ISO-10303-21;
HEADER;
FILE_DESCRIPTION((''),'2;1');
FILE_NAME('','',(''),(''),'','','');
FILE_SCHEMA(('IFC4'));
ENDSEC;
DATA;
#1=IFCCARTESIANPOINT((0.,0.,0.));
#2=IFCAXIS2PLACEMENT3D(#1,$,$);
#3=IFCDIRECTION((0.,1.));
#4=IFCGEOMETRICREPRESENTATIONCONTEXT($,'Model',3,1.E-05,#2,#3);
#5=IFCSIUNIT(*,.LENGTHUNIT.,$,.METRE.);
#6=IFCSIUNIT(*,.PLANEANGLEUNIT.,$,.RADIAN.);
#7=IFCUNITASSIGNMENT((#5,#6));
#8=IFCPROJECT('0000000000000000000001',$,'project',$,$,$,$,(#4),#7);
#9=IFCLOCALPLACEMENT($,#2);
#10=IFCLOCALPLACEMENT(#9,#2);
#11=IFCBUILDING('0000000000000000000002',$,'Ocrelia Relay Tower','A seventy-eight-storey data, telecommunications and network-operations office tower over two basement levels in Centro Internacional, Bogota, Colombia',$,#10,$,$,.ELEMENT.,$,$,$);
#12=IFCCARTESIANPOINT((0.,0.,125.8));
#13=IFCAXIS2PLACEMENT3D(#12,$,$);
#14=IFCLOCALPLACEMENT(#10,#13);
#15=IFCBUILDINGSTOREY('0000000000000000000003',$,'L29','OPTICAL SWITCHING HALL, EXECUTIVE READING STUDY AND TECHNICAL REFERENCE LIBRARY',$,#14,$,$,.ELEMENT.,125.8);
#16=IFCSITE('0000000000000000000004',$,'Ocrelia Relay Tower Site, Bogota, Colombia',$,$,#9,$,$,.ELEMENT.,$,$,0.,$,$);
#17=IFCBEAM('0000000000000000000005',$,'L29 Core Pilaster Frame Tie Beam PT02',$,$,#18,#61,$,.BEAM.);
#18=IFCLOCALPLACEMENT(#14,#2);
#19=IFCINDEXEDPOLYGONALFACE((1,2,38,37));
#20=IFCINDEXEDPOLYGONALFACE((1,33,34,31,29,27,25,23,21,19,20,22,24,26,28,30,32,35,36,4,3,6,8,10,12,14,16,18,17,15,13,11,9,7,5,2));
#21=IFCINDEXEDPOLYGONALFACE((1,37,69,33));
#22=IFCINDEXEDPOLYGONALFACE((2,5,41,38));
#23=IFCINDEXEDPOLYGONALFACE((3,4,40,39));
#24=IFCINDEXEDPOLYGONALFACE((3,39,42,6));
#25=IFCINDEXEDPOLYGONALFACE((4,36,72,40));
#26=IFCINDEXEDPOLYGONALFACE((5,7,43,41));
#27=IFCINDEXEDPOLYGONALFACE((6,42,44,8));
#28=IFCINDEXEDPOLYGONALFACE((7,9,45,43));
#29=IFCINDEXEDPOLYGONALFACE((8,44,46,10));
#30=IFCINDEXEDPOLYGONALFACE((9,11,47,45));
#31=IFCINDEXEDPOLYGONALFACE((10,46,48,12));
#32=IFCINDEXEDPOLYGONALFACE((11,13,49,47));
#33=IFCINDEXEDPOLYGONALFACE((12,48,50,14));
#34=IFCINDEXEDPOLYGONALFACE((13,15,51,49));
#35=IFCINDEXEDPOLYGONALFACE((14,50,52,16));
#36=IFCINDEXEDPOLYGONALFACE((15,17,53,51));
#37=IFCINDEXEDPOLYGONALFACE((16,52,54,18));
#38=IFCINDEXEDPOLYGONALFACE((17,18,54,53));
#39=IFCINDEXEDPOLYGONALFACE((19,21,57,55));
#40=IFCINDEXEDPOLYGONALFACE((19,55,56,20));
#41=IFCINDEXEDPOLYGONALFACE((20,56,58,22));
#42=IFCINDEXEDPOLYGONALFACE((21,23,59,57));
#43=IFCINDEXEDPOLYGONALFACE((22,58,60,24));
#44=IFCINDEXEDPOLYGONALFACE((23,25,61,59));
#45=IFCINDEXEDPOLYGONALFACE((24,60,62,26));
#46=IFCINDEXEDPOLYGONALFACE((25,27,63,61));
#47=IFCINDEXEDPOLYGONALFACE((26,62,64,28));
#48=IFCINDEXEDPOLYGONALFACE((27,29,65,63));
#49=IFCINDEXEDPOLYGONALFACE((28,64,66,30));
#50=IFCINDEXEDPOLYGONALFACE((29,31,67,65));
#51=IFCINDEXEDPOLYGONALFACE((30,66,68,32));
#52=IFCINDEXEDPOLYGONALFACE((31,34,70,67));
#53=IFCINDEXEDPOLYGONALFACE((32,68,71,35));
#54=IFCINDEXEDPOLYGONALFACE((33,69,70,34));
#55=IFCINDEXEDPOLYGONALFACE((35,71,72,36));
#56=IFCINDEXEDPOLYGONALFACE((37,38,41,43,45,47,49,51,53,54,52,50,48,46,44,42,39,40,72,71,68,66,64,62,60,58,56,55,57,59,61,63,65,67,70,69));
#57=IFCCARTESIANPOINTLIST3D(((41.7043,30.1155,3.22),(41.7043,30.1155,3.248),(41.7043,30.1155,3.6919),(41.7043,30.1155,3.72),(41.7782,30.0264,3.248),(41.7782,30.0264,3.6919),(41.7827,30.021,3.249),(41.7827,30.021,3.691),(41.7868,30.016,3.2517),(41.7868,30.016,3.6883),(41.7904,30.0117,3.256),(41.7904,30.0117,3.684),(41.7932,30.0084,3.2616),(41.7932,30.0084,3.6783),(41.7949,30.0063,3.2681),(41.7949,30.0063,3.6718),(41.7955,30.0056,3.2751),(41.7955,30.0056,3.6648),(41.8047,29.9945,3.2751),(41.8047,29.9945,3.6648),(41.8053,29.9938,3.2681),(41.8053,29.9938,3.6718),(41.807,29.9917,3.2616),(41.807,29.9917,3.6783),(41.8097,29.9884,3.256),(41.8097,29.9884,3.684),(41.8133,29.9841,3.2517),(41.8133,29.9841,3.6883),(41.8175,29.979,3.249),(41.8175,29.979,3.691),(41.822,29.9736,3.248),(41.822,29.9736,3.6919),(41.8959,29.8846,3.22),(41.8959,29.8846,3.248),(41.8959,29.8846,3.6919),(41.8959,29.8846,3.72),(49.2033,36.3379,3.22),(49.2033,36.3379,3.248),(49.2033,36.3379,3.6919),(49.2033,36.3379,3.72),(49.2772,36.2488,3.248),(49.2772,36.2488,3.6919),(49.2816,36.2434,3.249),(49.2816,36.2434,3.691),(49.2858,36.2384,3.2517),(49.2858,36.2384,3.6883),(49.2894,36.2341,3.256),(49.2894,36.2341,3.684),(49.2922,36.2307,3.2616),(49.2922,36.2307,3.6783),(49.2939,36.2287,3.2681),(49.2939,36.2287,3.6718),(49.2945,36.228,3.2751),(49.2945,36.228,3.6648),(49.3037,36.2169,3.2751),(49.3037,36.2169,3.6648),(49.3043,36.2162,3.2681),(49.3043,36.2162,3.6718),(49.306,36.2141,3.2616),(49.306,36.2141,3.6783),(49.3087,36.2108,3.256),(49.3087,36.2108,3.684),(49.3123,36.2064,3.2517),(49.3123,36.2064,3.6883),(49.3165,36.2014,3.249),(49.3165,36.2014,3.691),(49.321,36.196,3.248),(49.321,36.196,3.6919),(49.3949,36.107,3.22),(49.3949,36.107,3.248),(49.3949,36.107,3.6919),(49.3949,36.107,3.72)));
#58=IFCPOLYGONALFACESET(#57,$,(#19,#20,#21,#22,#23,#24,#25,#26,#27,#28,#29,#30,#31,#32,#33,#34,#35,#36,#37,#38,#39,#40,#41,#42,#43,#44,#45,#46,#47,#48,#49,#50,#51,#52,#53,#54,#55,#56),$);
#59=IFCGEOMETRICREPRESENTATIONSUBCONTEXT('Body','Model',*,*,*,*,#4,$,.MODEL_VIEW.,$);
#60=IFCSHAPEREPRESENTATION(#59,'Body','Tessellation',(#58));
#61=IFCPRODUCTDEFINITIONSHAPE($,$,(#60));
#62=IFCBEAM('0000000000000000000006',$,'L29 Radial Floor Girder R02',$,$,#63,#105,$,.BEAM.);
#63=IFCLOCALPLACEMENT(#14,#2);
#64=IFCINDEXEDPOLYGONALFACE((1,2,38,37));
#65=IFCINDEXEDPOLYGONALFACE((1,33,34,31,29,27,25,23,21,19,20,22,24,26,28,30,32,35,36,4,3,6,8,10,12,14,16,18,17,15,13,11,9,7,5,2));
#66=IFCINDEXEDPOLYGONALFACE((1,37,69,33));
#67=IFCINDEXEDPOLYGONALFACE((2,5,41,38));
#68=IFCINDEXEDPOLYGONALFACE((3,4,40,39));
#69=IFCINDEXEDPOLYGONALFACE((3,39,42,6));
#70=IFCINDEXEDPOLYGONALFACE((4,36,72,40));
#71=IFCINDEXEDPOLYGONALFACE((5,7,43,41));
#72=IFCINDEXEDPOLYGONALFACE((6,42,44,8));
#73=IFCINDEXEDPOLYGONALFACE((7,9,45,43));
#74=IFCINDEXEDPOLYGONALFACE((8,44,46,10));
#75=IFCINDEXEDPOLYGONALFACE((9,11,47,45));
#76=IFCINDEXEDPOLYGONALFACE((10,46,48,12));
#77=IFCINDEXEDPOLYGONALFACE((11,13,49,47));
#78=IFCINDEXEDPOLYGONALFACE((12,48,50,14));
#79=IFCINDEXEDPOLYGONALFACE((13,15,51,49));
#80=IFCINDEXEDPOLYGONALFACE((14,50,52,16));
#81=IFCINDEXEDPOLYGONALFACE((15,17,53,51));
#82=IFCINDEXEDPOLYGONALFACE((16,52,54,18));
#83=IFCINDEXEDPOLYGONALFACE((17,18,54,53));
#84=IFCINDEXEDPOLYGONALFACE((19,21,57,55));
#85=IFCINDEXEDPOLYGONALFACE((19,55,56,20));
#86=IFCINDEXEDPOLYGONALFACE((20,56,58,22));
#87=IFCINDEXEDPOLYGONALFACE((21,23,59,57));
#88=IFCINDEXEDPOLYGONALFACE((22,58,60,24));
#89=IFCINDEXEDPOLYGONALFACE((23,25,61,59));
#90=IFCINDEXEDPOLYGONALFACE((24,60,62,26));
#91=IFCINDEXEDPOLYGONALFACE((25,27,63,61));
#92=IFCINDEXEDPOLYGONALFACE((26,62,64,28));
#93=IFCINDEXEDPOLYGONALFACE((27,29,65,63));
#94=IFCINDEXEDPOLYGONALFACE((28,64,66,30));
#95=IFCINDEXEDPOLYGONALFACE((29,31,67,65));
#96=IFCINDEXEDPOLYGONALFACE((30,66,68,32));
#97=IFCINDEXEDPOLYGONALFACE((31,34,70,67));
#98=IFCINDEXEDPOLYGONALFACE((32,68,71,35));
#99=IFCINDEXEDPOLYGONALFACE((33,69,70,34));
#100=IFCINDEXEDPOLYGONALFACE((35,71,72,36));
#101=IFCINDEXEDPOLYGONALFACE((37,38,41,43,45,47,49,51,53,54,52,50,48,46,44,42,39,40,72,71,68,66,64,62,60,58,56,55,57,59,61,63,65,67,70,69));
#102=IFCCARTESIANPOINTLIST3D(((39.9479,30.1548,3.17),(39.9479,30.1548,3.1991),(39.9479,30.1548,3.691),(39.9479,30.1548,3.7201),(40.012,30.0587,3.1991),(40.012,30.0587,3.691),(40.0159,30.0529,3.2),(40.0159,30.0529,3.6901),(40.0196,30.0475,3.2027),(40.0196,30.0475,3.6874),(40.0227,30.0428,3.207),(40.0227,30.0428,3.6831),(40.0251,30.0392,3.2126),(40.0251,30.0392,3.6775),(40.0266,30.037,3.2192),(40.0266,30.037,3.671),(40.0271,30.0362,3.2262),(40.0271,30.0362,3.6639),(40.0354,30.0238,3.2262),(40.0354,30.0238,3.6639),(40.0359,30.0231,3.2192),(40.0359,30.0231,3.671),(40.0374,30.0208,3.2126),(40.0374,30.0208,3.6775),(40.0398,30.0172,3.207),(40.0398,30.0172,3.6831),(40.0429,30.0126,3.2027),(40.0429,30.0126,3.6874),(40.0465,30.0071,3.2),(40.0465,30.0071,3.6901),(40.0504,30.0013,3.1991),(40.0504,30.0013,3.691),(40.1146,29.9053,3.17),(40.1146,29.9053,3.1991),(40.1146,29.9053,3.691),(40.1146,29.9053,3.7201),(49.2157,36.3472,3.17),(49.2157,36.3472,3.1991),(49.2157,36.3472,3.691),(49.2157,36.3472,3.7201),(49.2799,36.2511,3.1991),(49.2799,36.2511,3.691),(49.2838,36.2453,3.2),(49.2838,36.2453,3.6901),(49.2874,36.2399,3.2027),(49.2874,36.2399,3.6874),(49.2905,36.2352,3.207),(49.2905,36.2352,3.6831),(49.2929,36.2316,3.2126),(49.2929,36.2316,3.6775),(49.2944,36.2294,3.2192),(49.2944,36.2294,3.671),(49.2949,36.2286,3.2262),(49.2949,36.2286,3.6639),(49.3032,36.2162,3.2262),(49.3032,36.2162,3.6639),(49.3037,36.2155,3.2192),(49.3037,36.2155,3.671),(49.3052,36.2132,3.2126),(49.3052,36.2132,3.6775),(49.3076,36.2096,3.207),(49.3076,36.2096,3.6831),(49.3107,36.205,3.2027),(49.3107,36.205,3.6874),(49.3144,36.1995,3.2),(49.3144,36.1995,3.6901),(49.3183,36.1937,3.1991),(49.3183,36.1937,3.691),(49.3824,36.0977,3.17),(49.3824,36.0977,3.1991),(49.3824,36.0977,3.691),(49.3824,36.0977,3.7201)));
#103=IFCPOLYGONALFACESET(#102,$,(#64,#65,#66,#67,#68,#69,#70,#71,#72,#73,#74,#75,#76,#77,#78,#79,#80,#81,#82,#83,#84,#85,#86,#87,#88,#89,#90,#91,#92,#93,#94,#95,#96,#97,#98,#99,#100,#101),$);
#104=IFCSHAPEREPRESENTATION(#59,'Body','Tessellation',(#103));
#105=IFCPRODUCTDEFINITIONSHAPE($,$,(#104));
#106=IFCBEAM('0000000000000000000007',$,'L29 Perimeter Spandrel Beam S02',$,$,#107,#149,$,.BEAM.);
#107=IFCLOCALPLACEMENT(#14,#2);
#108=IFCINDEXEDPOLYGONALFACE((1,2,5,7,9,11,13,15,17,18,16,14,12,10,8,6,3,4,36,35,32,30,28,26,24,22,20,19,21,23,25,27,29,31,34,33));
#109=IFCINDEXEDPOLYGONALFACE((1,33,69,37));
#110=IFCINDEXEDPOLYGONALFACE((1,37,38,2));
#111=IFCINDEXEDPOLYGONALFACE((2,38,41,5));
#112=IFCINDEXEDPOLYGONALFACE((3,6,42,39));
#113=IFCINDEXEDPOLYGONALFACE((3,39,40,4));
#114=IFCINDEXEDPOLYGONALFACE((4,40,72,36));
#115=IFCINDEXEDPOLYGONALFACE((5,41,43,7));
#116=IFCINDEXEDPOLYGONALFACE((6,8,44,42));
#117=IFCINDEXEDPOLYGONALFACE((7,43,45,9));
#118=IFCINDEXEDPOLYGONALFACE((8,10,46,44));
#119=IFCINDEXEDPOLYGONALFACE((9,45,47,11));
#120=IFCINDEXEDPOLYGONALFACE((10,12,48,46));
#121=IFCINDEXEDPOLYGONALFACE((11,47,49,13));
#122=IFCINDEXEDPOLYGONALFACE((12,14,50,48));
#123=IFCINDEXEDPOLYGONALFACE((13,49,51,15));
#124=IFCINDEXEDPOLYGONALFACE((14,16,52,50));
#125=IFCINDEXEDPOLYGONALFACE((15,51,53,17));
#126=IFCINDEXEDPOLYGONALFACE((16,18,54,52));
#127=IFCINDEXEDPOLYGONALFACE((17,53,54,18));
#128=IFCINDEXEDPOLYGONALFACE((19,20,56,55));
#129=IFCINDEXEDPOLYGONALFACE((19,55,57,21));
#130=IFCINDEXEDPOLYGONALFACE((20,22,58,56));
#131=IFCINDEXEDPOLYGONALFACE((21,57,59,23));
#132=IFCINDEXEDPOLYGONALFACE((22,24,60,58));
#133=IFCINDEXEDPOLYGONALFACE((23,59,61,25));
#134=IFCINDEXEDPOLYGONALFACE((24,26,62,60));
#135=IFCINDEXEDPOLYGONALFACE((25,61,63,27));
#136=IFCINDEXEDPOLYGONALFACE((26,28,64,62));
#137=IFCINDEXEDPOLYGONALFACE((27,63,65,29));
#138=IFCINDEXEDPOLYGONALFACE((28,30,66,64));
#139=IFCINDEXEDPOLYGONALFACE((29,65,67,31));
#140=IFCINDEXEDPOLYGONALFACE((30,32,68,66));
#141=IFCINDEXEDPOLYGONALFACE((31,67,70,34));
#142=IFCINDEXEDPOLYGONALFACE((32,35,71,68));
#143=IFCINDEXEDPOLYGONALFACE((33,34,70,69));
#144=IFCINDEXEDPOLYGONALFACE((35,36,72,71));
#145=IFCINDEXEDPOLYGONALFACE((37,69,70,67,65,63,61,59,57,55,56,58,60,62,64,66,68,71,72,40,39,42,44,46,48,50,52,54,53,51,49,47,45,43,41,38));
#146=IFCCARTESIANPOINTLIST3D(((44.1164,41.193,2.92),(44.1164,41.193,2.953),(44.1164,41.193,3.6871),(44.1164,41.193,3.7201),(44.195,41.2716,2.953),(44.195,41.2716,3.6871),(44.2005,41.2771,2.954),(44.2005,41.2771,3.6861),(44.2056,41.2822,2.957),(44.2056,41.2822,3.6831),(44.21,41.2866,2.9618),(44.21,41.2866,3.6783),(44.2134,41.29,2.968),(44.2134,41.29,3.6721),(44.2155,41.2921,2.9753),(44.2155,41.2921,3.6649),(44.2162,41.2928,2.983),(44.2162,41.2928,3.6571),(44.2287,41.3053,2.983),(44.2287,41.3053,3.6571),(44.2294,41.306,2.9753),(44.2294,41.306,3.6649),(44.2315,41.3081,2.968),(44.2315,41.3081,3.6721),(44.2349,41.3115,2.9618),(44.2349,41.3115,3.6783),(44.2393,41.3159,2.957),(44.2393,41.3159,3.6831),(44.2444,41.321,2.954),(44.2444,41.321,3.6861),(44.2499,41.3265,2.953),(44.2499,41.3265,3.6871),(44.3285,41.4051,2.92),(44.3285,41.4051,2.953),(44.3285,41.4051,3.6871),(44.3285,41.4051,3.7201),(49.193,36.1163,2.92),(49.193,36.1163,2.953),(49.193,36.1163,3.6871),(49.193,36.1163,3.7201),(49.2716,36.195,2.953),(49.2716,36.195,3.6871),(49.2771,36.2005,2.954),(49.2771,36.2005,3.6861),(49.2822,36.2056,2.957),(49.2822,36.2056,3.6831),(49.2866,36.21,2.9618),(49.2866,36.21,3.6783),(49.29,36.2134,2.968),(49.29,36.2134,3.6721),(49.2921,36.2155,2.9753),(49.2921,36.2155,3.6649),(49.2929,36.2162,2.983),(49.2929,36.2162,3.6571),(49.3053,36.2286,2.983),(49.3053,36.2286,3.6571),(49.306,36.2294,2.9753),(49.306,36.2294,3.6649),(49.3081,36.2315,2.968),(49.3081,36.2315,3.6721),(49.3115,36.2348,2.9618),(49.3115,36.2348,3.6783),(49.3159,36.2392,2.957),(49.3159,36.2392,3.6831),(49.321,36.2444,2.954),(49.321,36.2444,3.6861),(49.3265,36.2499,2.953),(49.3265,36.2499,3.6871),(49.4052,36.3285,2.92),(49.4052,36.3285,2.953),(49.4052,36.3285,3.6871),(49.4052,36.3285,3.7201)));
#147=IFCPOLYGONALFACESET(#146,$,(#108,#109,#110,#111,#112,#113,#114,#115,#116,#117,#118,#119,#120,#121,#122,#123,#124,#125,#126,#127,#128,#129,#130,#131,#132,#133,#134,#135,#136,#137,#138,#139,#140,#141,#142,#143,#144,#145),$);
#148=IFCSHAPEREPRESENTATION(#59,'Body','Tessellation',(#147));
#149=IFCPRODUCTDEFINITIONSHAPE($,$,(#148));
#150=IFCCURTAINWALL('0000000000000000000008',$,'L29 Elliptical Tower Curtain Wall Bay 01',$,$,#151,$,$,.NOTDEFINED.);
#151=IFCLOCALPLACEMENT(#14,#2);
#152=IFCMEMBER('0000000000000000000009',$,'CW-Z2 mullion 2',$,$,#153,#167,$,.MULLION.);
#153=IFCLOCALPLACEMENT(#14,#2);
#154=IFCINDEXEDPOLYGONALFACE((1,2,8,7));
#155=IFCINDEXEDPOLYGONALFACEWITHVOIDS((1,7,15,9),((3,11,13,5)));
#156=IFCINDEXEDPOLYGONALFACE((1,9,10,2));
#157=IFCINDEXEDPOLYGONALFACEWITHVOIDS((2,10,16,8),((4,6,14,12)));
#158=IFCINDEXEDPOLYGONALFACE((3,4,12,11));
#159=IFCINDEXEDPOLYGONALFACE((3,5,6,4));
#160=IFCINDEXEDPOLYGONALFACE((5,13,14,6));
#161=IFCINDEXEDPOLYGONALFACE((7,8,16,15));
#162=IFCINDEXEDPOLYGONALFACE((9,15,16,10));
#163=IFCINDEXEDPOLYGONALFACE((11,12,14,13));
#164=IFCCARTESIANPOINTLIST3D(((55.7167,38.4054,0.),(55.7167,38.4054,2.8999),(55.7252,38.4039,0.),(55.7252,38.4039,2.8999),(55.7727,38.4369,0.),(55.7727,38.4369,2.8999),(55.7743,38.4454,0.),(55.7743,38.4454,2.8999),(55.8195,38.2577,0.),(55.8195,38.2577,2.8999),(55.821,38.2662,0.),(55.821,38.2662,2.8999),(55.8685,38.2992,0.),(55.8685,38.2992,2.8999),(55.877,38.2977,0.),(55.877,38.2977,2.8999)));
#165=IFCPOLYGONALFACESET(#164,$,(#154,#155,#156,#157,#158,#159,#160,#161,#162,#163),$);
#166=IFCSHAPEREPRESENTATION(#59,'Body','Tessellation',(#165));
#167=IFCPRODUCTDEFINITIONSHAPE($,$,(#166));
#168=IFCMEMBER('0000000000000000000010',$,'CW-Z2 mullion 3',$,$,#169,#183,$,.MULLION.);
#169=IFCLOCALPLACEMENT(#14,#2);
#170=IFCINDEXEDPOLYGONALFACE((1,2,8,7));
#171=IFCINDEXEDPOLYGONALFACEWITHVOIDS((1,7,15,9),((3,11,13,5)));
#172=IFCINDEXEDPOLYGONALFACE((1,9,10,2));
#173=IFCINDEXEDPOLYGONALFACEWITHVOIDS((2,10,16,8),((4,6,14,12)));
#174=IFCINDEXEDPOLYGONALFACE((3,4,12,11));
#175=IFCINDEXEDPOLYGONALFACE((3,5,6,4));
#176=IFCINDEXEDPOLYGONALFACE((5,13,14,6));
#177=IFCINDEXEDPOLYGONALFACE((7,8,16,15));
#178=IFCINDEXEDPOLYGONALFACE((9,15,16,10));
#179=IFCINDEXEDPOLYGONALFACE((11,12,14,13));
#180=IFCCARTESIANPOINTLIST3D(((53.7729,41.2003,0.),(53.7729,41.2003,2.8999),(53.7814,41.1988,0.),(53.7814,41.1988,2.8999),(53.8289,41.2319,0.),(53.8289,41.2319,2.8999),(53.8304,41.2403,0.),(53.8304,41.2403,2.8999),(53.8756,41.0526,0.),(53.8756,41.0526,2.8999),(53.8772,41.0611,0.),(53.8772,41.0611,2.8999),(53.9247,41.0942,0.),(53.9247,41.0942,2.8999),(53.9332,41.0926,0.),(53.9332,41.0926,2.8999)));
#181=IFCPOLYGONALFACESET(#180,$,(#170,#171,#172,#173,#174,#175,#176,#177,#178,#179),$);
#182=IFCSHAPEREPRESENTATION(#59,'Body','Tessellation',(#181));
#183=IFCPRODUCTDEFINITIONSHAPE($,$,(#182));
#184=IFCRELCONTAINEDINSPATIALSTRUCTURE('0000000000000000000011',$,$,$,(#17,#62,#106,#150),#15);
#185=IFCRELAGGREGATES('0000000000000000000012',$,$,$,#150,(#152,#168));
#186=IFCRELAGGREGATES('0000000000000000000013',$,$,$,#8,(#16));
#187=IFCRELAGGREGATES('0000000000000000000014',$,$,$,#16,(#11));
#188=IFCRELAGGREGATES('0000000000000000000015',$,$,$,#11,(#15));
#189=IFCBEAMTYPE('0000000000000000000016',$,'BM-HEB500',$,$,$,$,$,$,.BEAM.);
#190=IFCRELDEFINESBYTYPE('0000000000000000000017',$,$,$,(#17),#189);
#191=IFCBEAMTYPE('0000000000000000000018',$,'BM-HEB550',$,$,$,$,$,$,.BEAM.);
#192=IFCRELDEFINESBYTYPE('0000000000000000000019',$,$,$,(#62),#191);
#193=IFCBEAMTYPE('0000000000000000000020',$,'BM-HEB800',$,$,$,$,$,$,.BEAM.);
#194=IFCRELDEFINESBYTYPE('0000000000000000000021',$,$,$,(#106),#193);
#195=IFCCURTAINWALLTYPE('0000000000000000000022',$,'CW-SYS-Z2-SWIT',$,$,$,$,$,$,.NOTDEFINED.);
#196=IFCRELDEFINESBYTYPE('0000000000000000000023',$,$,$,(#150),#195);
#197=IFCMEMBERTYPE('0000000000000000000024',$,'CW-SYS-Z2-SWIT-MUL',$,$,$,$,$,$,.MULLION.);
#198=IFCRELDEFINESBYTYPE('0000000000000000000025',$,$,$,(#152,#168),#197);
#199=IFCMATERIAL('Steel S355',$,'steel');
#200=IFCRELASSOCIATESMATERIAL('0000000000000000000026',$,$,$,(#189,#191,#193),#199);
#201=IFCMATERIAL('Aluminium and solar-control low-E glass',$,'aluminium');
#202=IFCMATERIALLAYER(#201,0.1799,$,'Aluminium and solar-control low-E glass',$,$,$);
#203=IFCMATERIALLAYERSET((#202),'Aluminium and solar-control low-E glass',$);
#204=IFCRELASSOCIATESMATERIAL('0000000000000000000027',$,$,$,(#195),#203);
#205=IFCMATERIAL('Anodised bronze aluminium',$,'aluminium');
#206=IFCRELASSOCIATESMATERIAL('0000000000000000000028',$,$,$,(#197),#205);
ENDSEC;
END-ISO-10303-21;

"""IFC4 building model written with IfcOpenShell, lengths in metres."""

from ifc_helpers import new_model, si_unit, direction, frame, origin, origin_2d, place, context, subcontext, project, spatial, hollow_rectangle, i_section, extrude, material, layer, layer_set, material_profile, profile_set, type_object, element, aggregate, save


model = new_model("IFC4")

# Units and contexts
model_context = context("Model", 3, precision=1e-05, world=origin(), true_north=direction((0.0, 1.0)))
body_context = subcontext(model_context, "Body", "Model", "MODEL_VIEW")
ifc_project = project(units=[si_unit("LENGTHUNIT", "METRE"), si_unit("PLANEANGLEUNIT", "RADIAN")], contexts=[model_context])

# Site, building, storey
site_placement = place(None, origin())
site = spatial("IfcSite", under=ifc_project, at=site_placement, Name="Ocrelia Relay Tower Site, Bogota, Colombia", CompositionType="ELEMENT", RefElevation=0.0)
building_placement = place(site_placement, origin())
building = spatial("IfcBuilding", under=site, at=building_placement, Name="Ocrelia Relay Tower", Description="A seventy-eight-storey data, telecommunications and network-operations office tower over two basement levels in Centro Internacional, Bogota, Colombia", CompositionType="ELEMENT")
storey_placement = place(building_placement, frame((0.0, 0.0, 125.8)))
storey = spatial("IfcBuildingStorey", under=building, at=storey_placement, Name="L29", Description="OPTICAL SWITCHING HALL, EXECUTIVE READING STUDY AND TECHNICAL REFERENCE LIBRARY", CompositionType="ELEMENT", Elevation=125.8)

# Beams
ifc_material_1 = material(Name="Steel S355", Category="steel")
ifc_material_profile_1 = material_profile(ifc_material_1, i_section(OverallWidth=0.3, OverallDepth=0.5, WebThickness=0.0144, FlangeThickness=0.0281, FilletRadius=0.0271, at=origin_2d()), Name="HEB 500")
ifc_profile_set_1 = profile_set([ifc_material_profile_1], Name="Steel S355")
beam_type_1 = type_object("IfcBeamType", Name="BM-HEB500", PredefinedType="BEAM", material=ifc_profile_set_1)
beam_1_placement = place(storey_placement, frame((49.2991, 36.2224, 3.47), z_axis=(-0.769571, -0.638561, 0.0), x_axis=(0.638561, -0.769571, 0.0)))
element("IfcBeam", 1, at=beam_1_placement, inside=storey, type_object=beam_type_1, Name="L29 Core Pilaster Frame Tie Beam PT02", PredefinedType="BEAM", context=body_context, shape_type="SweptSolid", body=[
    extrude(i_section(OverallWidth=0.3, OverallDepth=0.5, WebThickness=0.0144, FlangeThickness=0.0281, FilletRadius=0.0271, at=origin_2d()), origin(), (0.0, 0.0, 1.0), 9.7444),
])
ifc_material_profile_2 = material_profile(ifc_material_1, i_section(OverallWidth=0.3, OverallDepth=0.55, WebThickness=0.0149, FlangeThickness=0.0291, FilletRadius=0.0271, at=origin_2d()), Name="HEB 550")
ifc_profile_set_2 = profile_set([ifc_material_profile_2], Name="Steel S355")
beam_type_2 = type_object("IfcBeamType", Name="BM-HEB550", PredefinedType="BEAM", material=ifc_profile_set_2)
beam_2_placement = place(storey_placement, frame((49.2991, 36.2224, 3.4451), z_axis=(-0.831477, -0.555559, 0.0), x_axis=(0.555559, -0.831477, 0.0)))
element("IfcBeam", 2, at=beam_2_placement, inside=storey, type_object=beam_type_2, Name="L29 Radial Floor Girder R02", PredefinedType="BEAM", context=body_context, shape_type="SweptSolid", body=[
    extrude(i_section(OverallWidth=0.3, OverallDepth=0.55, WebThickness=0.0149, FlangeThickness=0.0291, FilletRadius=0.0271, at=origin_2d()), origin(), (0.0, 0.0, 1.0), 11.1462),
])
ifc_material_profile_3 = material_profile(ifc_material_1, i_section(OverallWidth=0.3, OverallDepth=0.8, WebThickness=0.0176, FlangeThickness=0.033, FilletRadius=0.03, at=origin_2d()), Name="HEB 800")
ifc_profile_set_3 = profile_set([ifc_material_profile_3], Name="Steel S355")
beam_type_3 = type_object("IfcBeamType", Name="BM-HEB800", PredefinedType="BEAM", material=ifc_profile_set_3)
beam_3_placement = place(storey_placement, frame((49.2991, 36.2224, 3.3201), z_axis=(-0.707107, 0.707107, 0.0), x_axis=(-0.707107, -0.707107, 0.0)))
element("IfcBeam", 3, at=beam_3_placement, inside=storey, type_object=beam_type_3, Name="L29 Perimeter Spandrel Beam S02", PredefinedType="BEAM", context=body_context, shape_type="SweptSolid", body=[
    extrude(i_section(OverallWidth=0.3, OverallDepth=0.8, WebThickness=0.0176, FlangeThickness=0.033, FilletRadius=0.03, at=origin_2d()), origin(), (0.0, 0.0, 1.0), 7.1794),
])

# Curtain wall, members
ifc_material_2 = material(Name="Aluminium and solar-control low-E glass", Category="aluminium")
ifc_layer_1 = layer(ifc_material_2, 0.1799, Name="Aluminium and solar-control low-E glass")
ifc_layer_set_1 = layer_set([ifc_layer_1], Name="Aluminium and solar-control low-E glass")
curtain_wall_type = type_object("IfcCurtainWallType", Name="CW-SYS-Z2-SWIT", PredefinedType="NOTDEFINED", material=ifc_layer_set_1)
curtain_wall_placement = place(storey_placement, origin())
curtain_wall = element("IfcCurtainWall", 4, at=curtain_wall_placement, inside=storey, type_object=curtain_wall_type, Name="L29 Elliptical Tower Curtain Wall Bay 01", PredefinedType="NOTDEFINED")
ifc_material_3 = material(Name="Anodised bronze aluminium", Category="aluminium")
ifc_material_profile_4 = material_profile(ifc_material_3, hollow_rectangle(XDim=0.0701, YDim=0.1799, WallThickness=0.0061, at=origin_2d()), Name="CW-MUL-180x70")
ifc_profile_set_4 = profile_set([ifc_material_profile_4], Name="Anodised bronze aluminium")
member_type_1 = type_object("IfcMemberType", Name="CW-SYS-Z2-SWIT-MUL", PredefinedType="MULLION", material=ifc_profile_set_4)
member_1_placement = place(storey_placement, frame((55.7969, 38.3516, 0.0), z_axis=(0.0, 0.0, 1.0), x_axis=(-0.820955, -0.570993, 0.0)))
member_1 = element("IfcMember", 5, at=member_1_placement, type_object=member_type_1, Name="CW-Z2 mullion 2", PredefinedType="MULLION", context=body_context, shape_type="SweptSolid", body=[
    extrude(hollow_rectangle(XDim=0.0701, YDim=0.1799, WallThickness=0.0061, at=origin_2d()), origin(), (0.0, 0.0, 1.0), 2.8999),
])
member_2_placement = place(storey_placement, frame((53.853, 41.1465, 0.0), z_axis=(0.0, 0.0, 1.0), x_axis=(-0.820955, -0.570993, 0.0)))
member_2 = element("IfcMember", 6, at=member_2_placement, type_object=member_type_1, Name="CW-Z2 mullion 3", PredefinedType="MULLION", context=body_context, shape_type="SweptSolid", body=[
    extrude(hollow_rectangle(XDim=0.0701, YDim=0.1799, WallThickness=0.0061, at=origin_2d()), origin(), (0.0, 0.0, 1.0), 2.8999),
])
aggregate(curtain_wall, [member_1, member_2])

save(model, "model.ifc")
